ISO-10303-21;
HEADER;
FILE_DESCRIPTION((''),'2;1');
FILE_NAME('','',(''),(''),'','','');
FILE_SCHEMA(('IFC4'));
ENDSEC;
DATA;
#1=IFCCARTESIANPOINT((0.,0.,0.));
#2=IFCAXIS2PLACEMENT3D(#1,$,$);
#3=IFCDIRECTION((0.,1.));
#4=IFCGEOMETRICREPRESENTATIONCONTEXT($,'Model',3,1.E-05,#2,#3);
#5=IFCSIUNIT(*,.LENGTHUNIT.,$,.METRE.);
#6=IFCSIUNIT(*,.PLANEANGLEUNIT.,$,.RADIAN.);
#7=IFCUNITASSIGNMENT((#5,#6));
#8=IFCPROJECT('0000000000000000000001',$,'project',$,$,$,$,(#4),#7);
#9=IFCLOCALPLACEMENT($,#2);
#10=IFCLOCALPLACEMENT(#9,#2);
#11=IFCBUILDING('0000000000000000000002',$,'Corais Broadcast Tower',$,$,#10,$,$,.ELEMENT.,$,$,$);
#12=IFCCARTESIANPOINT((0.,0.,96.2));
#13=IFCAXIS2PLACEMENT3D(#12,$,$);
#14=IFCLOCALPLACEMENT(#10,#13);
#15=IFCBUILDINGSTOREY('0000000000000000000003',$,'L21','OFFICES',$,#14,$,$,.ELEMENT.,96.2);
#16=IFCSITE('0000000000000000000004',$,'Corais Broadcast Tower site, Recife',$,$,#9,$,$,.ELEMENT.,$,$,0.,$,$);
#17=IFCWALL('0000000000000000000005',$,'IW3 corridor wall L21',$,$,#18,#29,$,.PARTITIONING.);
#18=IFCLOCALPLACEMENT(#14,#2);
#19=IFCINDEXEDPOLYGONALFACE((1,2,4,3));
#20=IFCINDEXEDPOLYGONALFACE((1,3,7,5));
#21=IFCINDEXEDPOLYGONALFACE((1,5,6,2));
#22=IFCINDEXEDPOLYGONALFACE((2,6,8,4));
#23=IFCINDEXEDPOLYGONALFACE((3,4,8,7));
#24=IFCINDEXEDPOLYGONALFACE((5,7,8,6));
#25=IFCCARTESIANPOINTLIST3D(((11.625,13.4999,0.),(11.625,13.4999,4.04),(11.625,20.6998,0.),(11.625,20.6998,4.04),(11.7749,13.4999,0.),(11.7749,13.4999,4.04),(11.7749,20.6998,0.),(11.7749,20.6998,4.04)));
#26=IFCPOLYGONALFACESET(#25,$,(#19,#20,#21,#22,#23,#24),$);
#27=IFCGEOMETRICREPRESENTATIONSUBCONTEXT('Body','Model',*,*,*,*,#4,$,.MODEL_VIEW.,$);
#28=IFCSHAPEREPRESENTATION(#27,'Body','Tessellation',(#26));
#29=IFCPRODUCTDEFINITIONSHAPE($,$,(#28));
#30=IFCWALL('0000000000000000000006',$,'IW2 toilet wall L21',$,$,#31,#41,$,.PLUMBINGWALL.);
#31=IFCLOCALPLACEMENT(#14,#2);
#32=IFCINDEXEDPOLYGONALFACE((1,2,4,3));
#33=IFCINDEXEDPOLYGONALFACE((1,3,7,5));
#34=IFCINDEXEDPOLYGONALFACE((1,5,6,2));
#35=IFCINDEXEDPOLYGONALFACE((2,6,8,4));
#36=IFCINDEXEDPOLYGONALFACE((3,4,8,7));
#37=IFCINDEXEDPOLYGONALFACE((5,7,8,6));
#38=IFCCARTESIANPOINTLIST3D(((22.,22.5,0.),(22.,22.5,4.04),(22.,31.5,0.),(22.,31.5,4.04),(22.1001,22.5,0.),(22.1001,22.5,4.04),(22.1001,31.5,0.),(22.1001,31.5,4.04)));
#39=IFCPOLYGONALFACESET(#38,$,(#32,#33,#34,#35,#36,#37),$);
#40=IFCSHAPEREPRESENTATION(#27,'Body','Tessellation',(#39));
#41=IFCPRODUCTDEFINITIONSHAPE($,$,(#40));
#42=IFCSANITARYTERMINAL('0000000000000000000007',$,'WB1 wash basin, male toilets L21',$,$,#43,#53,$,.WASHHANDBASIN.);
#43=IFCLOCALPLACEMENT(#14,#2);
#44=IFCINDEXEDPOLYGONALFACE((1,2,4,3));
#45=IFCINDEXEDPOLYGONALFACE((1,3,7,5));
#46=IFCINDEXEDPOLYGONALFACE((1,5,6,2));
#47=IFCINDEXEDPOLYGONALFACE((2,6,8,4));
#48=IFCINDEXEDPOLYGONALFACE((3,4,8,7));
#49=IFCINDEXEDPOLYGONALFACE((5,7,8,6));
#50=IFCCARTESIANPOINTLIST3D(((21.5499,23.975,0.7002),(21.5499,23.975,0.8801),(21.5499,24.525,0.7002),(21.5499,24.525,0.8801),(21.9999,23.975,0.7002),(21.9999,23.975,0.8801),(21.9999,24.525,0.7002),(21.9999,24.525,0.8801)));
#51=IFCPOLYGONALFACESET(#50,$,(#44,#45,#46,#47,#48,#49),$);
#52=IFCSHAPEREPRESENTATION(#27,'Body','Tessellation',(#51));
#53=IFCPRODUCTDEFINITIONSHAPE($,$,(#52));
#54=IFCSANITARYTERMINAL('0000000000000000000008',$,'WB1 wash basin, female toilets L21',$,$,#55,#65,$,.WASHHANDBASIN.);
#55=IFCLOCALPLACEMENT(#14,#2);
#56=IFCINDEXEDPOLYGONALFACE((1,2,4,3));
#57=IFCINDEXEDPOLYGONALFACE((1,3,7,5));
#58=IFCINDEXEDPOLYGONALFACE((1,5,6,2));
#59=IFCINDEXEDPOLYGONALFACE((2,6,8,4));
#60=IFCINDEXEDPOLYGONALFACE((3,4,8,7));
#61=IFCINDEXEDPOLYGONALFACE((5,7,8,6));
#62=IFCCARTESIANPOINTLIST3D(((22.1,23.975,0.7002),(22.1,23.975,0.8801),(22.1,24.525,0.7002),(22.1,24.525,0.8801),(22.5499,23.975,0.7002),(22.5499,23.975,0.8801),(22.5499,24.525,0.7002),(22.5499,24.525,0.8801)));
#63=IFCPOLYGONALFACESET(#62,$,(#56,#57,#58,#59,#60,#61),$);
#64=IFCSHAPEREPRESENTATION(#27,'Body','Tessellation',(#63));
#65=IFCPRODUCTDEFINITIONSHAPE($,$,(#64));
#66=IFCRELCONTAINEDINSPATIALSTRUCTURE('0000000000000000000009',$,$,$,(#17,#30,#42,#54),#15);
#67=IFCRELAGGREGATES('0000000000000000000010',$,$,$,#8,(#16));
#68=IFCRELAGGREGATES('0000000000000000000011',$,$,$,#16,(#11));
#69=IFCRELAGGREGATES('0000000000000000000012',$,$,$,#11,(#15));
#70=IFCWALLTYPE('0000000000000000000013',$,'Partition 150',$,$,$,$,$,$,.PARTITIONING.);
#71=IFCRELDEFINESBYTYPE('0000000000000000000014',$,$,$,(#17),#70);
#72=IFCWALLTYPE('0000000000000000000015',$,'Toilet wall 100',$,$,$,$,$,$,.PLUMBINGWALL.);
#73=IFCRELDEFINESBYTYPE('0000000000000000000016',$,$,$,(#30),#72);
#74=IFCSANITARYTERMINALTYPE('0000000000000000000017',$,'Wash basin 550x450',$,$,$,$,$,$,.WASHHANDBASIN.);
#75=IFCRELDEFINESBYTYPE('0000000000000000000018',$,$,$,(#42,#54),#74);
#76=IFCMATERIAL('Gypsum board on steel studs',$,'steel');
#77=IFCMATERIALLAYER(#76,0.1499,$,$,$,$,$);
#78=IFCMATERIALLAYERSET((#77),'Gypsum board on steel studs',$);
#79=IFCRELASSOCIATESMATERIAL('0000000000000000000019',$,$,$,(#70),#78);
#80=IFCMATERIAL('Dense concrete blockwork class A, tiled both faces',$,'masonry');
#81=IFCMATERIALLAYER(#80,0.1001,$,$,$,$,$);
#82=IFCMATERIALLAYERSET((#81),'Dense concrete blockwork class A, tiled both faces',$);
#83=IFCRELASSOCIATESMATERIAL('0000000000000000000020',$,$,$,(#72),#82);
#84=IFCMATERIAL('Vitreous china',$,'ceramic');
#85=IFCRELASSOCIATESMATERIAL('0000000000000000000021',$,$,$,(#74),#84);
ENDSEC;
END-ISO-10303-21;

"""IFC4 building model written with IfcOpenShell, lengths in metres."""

from ifc_helpers import new_model, si_unit, direction, frame, frame_2d, origin, origin_2d, place, context, subcontext, project, spatial, rectangle, extrude, material, layer, layer_set, type_object, element, save


model = new_model("IFC4")

# Units and contexts
model_context = context("Model", 3, precision=1e-05, world=origin(), true_north=direction((0.0, 1.0)))
body_context = subcontext(model_context, "Body", "Model", "MODEL_VIEW")
ifc_project = project(units=[si_unit("LENGTHUNIT", "METRE"), si_unit("PLANEANGLEUNIT", "RADIAN")], contexts=[model_context])

# Site, building, storey
site_placement = place(None, origin())
site = spatial("IfcSite", under=ifc_project, at=site_placement, Name="Corais Broadcast Tower site, Recife", CompositionType="ELEMENT", RefElevation=0.0)
building_placement = place(site_placement, origin())
building = spatial("IfcBuilding", under=site, at=building_placement, Name="Corais Broadcast Tower", CompositionType="ELEMENT")
storey_placement = place(building_placement, frame((0.0, 0.0, 96.2)))
storey = spatial("IfcBuildingStorey", under=building, at=storey_placement, Name="L21", Description="OFFICES", CompositionType="ELEMENT", Elevation=96.2)

# Walls
ifc_material_1 = material(Name="Gypsum board on steel studs", Category="steel")
ifc_layer_1 = layer(ifc_material_1, 0.1499)
ifc_layer_set_1 = layer_set([ifc_layer_1], Name="Gypsum board on steel studs")
wall_type_1 = type_object("IfcWallType", Name="Partition 150", PredefinedType="PARTITIONING", material=ifc_layer_set_1)
wall_1_placement = place(storey_placement, frame((11.7, 20.7, 0.0), z_axis=(0.0, 0.0, 1.0), x_axis=(0.0, -1.0, 0.0)))
element("IfcWall", 1, at=wall_1_placement, inside=storey, type_object=wall_type_1, Name="IW3 corridor wall L21", PredefinedType="PARTITIONING", context=body_context, shape_type="SweptSolid", body=[
    extrude(rectangle(XDim=7.2, YDim=0.1499, at=frame_2d((3.6001, 0.0))), origin(), (0.0, 0.0, 1.0), 4.04),
])
ifc_material_2 = material(Name="Dense concrete blockwork class A, tiled both faces", Category="masonry")
ifc_layer_2 = layer(ifc_material_2, 0.1001)
ifc_layer_set_2 = layer_set([ifc_layer_2], Name="Dense concrete blockwork class A, tiled both faces")
wall_type_2 = type_object("IfcWallType", Name="Toilet wall 100", PredefinedType="PLUMBINGWALL", material=ifc_layer_set_2)
wall_2_placement = place(storey_placement, frame((22.05, 22.5, 0.0), z_axis=(0.0, 0.0, 1.0), x_axis=(0.0, 1.0, 0.0)))
element("IfcWall", 2, at=wall_2_placement, inside=storey, type_object=wall_type_2, Name="IW2 toilet wall L21", PredefinedType="PLUMBINGWALL", context=body_context, shape_type="SweptSolid", body=[
    extrude(rectangle(XDim=9.0, YDim=0.1001, at=frame_2d((4.5, 0.0))), origin(), (0.0, 0.0, 1.0), 4.04),
])

# Sanitary terminals
ifc_material_3 = material(Name="Vitreous china", Category="ceramic")
sanitary_terminal_type = type_object("IfcSanitaryTerminalType", Name="Wash basin 550x450", PredefinedType="WASHHANDBASIN", material=ifc_material_3)
for number, where, z_axis, x_axis, name in (
    (3, (21.7749, 24.25, 0.7002), (0.0, 0.0, 1.0), (1.0, 0.0, 0.0), "WB1 wash basin, male toilets L21"),
    (4, (22.325, 24.25, 0.7002), (0.0, 0.0, 1.0), (1.0, 0.0, 0.0), "WB1 wash basin, female toilets L21"),
):
    element("IfcSanitaryTerminal", number, at=place(storey_placement, frame(where, z_axis=z_axis, x_axis=x_axis)), inside=storey, type_object=sanitary_terminal_type, Name=name, PredefinedType="WASHHANDBASIN", context=body_context, shape_type="SweptSolid", body=[
        extrude(rectangle(XDim=0.45, YDim=0.55, at=origin_2d()), origin(), (0.0, 0.0, 1.0), 0.1799),
    ])

save(model, "model.ifc")
